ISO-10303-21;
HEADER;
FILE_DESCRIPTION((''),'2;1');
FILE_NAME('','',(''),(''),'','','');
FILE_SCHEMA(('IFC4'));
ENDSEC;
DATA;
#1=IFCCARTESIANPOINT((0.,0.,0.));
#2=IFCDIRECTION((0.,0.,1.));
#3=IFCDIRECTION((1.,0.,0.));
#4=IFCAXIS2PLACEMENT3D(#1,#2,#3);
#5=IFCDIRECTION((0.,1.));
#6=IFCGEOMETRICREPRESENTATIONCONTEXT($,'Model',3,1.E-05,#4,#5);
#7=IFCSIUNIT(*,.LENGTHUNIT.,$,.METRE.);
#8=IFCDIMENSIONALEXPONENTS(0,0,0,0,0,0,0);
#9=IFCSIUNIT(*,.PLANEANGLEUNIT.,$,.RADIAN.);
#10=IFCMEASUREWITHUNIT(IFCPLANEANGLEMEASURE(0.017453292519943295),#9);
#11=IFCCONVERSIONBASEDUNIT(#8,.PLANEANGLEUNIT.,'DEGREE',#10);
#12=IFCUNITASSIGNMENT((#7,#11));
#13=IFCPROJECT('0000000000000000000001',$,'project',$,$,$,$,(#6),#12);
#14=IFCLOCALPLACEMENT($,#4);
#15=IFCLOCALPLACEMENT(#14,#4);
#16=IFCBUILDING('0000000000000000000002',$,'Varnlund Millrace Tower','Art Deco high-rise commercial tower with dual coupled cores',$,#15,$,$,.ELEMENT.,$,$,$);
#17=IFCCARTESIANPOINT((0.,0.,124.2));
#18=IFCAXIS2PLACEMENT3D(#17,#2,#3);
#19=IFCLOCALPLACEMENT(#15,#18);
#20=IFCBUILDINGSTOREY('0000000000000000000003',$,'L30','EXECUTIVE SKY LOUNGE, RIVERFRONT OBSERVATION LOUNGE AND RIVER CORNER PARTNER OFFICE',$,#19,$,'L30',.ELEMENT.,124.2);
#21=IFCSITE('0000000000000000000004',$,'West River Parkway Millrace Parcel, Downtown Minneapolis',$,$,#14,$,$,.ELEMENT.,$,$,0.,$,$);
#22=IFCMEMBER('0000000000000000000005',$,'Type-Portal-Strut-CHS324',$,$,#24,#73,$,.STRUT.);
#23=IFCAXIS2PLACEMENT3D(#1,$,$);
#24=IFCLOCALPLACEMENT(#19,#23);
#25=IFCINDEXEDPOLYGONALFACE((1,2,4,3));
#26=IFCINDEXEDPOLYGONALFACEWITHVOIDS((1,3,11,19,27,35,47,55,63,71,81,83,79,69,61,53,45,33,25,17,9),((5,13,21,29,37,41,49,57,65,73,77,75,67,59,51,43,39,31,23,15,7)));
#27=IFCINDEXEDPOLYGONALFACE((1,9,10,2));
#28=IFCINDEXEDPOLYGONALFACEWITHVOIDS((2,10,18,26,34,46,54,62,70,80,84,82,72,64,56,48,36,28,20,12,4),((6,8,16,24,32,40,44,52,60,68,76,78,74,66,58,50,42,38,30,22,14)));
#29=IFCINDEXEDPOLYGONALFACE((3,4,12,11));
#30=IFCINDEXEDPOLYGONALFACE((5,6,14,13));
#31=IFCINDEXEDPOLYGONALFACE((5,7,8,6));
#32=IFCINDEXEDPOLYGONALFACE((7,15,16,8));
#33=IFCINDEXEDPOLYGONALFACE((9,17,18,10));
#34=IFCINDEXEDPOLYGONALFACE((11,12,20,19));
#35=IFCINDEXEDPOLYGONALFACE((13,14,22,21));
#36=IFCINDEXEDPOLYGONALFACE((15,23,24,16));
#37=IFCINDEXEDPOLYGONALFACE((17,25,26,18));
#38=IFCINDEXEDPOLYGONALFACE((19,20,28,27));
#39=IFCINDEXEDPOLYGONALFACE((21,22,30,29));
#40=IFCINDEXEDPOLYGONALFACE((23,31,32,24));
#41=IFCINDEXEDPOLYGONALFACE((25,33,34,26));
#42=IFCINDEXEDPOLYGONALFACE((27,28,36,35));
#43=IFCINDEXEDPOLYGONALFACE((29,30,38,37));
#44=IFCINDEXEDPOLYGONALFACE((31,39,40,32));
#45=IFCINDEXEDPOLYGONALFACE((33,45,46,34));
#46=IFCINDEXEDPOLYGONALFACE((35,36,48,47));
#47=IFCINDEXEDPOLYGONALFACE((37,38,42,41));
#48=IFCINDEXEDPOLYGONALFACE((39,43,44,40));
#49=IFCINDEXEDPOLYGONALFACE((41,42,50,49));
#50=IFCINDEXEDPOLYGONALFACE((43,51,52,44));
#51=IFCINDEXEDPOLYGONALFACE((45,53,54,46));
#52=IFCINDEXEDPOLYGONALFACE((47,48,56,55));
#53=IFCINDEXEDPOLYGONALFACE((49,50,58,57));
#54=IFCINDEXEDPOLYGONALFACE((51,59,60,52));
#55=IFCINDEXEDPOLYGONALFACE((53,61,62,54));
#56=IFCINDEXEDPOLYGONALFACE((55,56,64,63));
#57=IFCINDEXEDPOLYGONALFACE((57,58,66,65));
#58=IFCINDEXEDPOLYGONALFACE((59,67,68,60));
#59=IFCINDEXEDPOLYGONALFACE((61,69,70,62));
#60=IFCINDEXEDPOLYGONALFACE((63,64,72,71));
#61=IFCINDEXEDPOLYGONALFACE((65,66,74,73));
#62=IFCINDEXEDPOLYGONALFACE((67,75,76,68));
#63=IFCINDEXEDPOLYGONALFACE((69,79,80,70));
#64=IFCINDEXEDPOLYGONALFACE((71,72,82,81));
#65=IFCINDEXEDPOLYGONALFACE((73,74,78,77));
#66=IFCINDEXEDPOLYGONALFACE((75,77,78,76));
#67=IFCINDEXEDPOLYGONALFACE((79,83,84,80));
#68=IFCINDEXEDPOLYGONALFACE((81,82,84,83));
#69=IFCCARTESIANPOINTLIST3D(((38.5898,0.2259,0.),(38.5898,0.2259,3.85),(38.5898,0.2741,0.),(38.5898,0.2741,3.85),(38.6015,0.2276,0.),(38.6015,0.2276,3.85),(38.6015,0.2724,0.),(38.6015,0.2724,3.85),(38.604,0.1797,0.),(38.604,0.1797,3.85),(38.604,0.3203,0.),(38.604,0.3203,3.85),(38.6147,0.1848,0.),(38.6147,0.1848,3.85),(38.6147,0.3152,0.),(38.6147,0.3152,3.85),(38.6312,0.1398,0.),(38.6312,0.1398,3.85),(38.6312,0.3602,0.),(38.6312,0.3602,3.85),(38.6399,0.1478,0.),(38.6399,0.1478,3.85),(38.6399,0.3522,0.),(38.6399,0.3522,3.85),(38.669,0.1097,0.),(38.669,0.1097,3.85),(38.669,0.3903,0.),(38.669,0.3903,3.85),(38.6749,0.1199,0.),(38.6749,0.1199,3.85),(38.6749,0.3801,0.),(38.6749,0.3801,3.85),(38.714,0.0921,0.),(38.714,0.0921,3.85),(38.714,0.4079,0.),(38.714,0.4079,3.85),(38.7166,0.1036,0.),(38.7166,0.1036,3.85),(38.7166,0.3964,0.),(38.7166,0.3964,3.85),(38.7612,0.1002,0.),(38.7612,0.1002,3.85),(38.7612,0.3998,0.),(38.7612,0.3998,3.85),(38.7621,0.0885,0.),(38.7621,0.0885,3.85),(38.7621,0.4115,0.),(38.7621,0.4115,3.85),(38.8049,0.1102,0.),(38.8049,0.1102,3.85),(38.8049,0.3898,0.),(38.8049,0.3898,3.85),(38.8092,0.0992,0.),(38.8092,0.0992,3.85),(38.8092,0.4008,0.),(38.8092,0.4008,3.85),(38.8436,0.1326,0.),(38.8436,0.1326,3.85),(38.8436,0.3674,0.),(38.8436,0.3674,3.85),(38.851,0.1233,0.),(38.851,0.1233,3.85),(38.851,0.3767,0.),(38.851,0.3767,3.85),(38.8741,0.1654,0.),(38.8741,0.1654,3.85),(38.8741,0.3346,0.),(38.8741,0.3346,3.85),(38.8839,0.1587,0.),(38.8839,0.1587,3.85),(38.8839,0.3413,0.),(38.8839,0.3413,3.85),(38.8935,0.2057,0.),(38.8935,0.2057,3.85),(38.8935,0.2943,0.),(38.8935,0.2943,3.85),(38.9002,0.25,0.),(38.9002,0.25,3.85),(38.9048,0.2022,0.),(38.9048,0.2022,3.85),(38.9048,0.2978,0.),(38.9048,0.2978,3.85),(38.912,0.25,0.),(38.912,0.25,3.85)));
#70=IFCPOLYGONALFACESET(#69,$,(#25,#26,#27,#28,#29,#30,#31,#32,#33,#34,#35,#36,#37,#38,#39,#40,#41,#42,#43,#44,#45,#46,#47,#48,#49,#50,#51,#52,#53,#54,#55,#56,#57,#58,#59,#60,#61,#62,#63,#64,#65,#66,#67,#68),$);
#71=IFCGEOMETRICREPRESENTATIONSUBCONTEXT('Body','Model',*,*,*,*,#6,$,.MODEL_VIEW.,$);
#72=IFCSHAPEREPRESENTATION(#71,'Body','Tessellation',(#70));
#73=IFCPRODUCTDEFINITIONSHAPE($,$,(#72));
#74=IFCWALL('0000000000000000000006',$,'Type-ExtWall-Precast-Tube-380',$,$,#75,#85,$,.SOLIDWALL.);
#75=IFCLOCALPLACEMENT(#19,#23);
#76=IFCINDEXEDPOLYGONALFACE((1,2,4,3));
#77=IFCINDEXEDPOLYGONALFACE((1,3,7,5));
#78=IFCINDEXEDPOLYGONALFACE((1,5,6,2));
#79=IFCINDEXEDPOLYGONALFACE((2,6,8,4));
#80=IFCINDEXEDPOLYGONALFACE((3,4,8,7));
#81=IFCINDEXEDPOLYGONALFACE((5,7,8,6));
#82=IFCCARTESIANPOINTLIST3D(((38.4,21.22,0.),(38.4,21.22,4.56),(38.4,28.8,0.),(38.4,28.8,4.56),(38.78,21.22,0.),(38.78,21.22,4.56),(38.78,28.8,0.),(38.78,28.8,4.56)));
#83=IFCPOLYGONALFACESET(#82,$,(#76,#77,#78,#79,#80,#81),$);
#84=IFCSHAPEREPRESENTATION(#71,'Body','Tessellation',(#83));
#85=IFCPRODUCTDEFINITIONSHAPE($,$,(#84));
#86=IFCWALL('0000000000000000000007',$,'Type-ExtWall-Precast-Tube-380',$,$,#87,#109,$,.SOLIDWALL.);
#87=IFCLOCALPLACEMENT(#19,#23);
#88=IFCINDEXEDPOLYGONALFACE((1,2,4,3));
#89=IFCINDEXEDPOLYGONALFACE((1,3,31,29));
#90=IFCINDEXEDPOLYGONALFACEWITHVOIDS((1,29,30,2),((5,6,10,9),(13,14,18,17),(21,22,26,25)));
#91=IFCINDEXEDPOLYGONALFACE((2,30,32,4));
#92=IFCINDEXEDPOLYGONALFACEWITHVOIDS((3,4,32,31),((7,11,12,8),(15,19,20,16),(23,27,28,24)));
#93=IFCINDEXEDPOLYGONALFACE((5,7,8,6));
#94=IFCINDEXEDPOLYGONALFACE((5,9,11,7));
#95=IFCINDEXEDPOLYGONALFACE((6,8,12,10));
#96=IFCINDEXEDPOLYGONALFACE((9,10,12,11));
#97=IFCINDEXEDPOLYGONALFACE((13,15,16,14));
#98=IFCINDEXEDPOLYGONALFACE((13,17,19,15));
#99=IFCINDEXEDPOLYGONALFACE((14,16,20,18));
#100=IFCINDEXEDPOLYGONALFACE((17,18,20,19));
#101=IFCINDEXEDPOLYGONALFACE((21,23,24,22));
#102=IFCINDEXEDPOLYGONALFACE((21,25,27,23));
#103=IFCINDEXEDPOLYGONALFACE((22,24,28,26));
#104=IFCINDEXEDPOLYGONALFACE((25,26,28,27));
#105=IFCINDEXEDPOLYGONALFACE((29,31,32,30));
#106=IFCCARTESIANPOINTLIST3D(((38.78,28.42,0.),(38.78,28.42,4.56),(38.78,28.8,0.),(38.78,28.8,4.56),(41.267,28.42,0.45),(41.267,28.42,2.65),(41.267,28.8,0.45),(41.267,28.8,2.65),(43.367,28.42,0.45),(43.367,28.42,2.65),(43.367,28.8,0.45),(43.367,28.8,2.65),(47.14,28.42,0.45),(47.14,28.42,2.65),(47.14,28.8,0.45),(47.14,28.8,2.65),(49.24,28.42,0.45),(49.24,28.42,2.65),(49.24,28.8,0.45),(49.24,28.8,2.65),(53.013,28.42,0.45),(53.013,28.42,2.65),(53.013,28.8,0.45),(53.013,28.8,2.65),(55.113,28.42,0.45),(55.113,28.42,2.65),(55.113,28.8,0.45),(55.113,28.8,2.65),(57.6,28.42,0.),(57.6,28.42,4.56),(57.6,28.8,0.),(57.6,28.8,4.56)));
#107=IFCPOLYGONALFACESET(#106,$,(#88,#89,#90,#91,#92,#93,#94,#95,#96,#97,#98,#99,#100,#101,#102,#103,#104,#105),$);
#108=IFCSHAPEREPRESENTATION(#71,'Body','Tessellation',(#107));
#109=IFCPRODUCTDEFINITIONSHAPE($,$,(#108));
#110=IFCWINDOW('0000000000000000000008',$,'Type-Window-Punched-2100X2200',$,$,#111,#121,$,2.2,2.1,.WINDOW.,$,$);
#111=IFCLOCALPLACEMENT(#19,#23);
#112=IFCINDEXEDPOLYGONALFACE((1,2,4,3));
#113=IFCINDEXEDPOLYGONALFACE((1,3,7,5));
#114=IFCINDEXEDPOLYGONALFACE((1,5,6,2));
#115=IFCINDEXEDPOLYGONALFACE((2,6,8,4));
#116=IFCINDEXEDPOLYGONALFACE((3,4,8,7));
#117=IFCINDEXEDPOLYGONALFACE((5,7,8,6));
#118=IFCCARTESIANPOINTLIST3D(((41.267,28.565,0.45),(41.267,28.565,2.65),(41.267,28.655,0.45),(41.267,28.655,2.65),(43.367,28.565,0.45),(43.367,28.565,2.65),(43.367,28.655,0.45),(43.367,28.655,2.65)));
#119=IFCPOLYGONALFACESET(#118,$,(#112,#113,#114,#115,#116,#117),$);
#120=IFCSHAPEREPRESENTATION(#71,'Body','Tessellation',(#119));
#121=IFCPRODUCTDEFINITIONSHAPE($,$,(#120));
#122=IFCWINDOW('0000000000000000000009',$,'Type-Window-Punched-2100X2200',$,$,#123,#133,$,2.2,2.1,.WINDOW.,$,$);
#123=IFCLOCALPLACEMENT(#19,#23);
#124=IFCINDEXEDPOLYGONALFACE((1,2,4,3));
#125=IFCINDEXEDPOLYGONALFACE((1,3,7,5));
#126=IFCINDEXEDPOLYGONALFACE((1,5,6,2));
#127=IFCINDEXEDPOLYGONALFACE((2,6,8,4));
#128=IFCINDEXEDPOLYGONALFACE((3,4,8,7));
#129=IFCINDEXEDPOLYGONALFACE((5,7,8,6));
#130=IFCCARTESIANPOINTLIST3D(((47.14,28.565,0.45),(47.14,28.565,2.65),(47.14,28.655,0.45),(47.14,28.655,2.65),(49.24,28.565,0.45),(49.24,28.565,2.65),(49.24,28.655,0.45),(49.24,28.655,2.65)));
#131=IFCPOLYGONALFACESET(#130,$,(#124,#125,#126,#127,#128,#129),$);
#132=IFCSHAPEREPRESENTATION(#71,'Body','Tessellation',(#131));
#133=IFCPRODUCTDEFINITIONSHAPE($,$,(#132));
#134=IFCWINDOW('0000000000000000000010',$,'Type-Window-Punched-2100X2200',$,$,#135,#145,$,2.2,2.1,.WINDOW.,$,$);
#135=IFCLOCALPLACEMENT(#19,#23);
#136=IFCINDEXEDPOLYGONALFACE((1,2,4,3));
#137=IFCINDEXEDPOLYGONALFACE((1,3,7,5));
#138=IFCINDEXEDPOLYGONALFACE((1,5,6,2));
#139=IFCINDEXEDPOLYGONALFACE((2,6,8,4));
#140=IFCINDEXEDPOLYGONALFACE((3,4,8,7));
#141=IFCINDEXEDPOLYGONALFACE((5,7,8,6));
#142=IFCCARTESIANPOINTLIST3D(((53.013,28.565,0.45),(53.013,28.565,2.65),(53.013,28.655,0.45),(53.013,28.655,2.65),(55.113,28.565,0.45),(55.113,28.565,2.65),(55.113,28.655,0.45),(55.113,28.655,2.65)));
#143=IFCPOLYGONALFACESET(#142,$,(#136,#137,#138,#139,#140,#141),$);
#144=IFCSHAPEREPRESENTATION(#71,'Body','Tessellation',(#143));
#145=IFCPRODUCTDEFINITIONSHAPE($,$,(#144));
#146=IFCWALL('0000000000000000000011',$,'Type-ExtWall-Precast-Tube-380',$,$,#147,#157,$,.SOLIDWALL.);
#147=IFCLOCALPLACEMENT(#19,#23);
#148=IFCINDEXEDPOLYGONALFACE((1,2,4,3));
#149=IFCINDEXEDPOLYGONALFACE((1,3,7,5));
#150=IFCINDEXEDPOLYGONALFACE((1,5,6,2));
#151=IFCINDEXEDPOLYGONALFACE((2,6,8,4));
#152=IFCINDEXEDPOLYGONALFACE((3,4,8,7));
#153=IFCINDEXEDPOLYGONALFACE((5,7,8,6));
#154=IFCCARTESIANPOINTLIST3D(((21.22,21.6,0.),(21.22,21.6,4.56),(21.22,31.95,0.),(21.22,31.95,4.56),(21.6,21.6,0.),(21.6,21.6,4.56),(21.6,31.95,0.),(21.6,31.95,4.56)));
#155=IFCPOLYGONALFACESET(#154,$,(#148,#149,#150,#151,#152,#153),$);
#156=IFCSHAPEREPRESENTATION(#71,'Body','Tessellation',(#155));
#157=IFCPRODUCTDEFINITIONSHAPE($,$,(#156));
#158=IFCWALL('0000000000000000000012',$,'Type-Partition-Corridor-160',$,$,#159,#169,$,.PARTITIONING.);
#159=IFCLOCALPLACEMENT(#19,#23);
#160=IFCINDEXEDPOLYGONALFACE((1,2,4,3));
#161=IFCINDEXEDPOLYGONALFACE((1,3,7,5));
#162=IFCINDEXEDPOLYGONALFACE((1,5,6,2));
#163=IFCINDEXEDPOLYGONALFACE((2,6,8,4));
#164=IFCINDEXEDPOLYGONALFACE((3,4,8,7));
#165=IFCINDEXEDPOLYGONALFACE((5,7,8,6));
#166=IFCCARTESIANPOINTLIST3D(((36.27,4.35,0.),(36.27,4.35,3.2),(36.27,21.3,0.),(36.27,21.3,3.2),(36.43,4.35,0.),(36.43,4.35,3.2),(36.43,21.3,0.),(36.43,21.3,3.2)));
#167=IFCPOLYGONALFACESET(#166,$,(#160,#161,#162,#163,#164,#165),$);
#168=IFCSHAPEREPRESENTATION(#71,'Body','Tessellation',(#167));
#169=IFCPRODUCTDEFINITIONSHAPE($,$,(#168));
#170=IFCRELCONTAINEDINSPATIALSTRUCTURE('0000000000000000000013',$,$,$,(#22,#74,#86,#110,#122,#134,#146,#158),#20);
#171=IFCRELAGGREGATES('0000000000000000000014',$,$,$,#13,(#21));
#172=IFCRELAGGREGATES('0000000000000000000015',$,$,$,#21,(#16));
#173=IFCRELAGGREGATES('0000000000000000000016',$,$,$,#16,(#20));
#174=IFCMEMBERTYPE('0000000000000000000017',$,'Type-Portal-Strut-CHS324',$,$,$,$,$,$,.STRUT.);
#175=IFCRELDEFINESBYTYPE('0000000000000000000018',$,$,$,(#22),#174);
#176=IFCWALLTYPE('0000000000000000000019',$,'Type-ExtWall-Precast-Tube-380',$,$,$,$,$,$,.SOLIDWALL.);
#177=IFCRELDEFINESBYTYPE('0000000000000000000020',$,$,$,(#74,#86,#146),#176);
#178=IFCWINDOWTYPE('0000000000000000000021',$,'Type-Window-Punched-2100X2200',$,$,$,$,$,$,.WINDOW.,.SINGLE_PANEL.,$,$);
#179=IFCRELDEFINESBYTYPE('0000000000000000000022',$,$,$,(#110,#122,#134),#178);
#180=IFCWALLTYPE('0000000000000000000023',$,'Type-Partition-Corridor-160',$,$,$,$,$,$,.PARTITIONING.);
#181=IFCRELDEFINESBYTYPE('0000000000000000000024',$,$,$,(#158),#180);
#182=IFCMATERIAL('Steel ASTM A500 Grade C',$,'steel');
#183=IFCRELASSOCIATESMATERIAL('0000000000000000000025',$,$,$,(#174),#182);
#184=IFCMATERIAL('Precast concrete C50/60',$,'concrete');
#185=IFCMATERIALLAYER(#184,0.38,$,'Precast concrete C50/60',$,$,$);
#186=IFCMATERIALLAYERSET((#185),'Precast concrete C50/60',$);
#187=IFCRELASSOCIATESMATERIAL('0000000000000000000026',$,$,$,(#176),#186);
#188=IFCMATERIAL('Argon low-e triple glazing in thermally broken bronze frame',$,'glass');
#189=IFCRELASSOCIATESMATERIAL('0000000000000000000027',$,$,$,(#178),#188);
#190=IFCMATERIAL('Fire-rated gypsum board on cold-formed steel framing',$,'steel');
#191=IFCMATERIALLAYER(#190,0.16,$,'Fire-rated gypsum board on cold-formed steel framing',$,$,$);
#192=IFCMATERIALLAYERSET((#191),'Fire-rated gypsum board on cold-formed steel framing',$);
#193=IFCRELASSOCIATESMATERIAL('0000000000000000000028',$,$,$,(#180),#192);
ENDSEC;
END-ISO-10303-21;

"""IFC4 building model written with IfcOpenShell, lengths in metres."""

from ifc_helpers import new_model, entity, si_unit, converted_unit, direction, frame, origin_with_axes, origin_2d_with_axis, place, context, subcontext, project, spatial, polyline, rectangle, hollow_circle, outline, extrude, material, layer, layer_set, material_profile, profile_set, type_object, element, fill, save


model = new_model("IFC4")

# Units and contexts
model_context = context("Model", 3, precision=1e-05, world=origin_with_axes(), true_north=direction((0.0, 1.0)))
body_context = subcontext(model_context, "Body", "Model", "MODEL_VIEW")
ifc_project = project(units=[si_unit("LENGTHUNIT", "METRE"), converted_unit("PLANEANGLEUNIT", "DEGREE", entity("IfcPlaneAngleMeasure", 0.017453292519943295), si_unit("PLANEANGLEUNIT", "RADIAN"), dimensions=[0, 0, 0, 0, 0, 0, 0])], contexts=[model_context])

# Site, building, storey
site_placement = place(None, origin_with_axes())
site = spatial("IfcSite", under=ifc_project, at=site_placement, Name="West River Parkway Millrace Parcel, Downtown Minneapolis", CompositionType="ELEMENT", RefElevation=0.0)
building_placement = place(site_placement, origin_with_axes())
building = spatial("IfcBuilding", under=site, at=building_placement, Name="Varnlund Millrace Tower", Description="Art Deco high-rise commercial tower with dual coupled cores", CompositionType="ELEMENT")
storey_placement = place(building_placement, frame((0.0, 0.0, 124.2), z_axis=(0.0, 0.0, 1.0), x_axis=(1.0, 0.0, 0.0)))
storey = spatial("IfcBuildingStorey", under=building, at=storey_placement, Name="L30", Description="EXECUTIVE SKY LOUNGE, RIVERFRONT OBSERVATION LOUNGE AND RIVER CORNER PARTNER OFFICE", LongName="L30", CompositionType="ELEMENT", Elevation=124.2)

# Member
ifc_material_1 = material(Name="Steel ASTM A500 Grade C", Category="steel")
ifc_material_profile_1 = material_profile(ifc_material_1, hollow_circle(Radius=0.162, WallThickness=0.0118, at=origin_2d_with_axis()), Name="Steel ASTM A500 Grade C")
ifc_profile_set_1 = profile_set([ifc_material_profile_1], Name="Steel ASTM A500 Grade C")
member_type_1 = type_object("IfcMemberType", Name="Type-Portal-Strut-CHS324", PredefinedType="STRUT", material=ifc_profile_set_1)
for number, where, z_axis, x_axis, name in (
    (1, (38.75, 0.25, 0.0), (0.0, 0.0, 1.0), (1.0, 0.0, 0.0), "Type-Portal-Strut-CHS324"),
):
    element("IfcMember", number, at=place(storey_placement, frame(where, z_axis=z_axis, x_axis=x_axis)), inside=storey, type_object=member_type_1, Name=name, PredefinedType="STRUT", context=body_context, shape_type="SweptSolid", body=[
        extrude(hollow_circle(Radius=0.162, WallThickness=0.0118, at=origin_2d_with_axis()), origin_with_axes(), (0.0, 0.0, 1.0), 3.85),
    ])

# Wall
ifc_material_2 = material(Name="Precast concrete C50/60", Category="concrete")
ifc_layer_1 = layer(ifc_material_2, 0.38, Name="Precast concrete C50/60")
ifc_layer_set_1 = layer_set([ifc_layer_1], Name="Precast concrete C50/60")
wall_type_1 = type_object("IfcWallType", Name="Type-ExtWall-Precast-Tube-380", PredefinedType="SOLIDWALL", material=ifc_layer_set_1)
wall_1_placement = place(storey_placement, frame((38.59, 21.22, 0.0), z_axis=(0.0, 0.0, 1.0), x_axis=(0.0, 1.0, 0.0)))
element("IfcWall", 2, at=wall_1_placement, inside=storey, type_object=wall_type_1, Name="Type-ExtWall-Precast-Tube-380", PredefinedType="SOLIDWALL", context=body_context, shape_type="SweptSolid", body=[
    extrude(outline(polyline([(0.0, -0.19), (7.58, -0.19), (7.58, 0.19), (0.0, 0.19), (0.0, -0.19)])), origin_with_axes(), (0.0, 0.0, 1.0), 4.56),
])

# Wall, openings, windows
wall_2_placement = place(storey_placement, frame((38.78, 28.61, 0.0), z_axis=(0.0, 0.0, 1.0), x_axis=(1.0, 0.0, 0.0)))
wall_2 = element("IfcWall", 3, at=wall_2_placement, inside=storey, type_object=wall_type_1, Name="Type-ExtWall-Precast-Tube-380", PredefinedType="SOLIDWALL", context=body_context, shape_type="SweptSolid", body=[
    extrude(outline(polyline([(0.0, -0.19), (18.82, -0.19), (18.82, 0.19), (0.0, 0.19), (0.0, -0.19)])), origin_with_axes(), (0.0, 0.0, 1.0), 4.56),
])
opening_1_placement = place(wall_2_placement, frame((3.537, 0.0, 0.45), z_axis=(0.0, 0.0, 1.0), x_axis=(1.0, 0.0, 0.0)))
opening_1 = element("IfcOpeningElement", 4, at=opening_1_placement, cuts=wall_2, PredefinedType="OPENING", context=body_context, shape_type="SweptSolid", body=[
    extrude(rectangle(XDim=2.1, YDim=0.4, at=origin_2d_with_axis()), origin_with_axes(), (0.0, 0.0, 1.0), 2.2),
])
opening_2_placement = place(wall_2_placement, frame((9.41, 0.0, 0.45), z_axis=(0.0, 0.0, 1.0), x_axis=(1.0, 0.0, 0.0)))
opening_2 = element("IfcOpeningElement", 5, at=opening_2_placement, cuts=wall_2, PredefinedType="OPENING", context=body_context, shape_type="SweptSolid", body=[
    extrude(rectangle(XDim=2.1, YDim=0.4, at=origin_2d_with_axis()), origin_with_axes(), (0.0, 0.0, 1.0), 2.2),
])
opening_3_placement = place(wall_2_placement, frame((15.283, 0.0, 0.45), z_axis=(0.0, 0.0, 1.0), x_axis=(1.0, 0.0, 0.0)))
opening_3 = element("IfcOpeningElement", 6, at=opening_3_placement, cuts=wall_2, PredefinedType="OPENING", context=body_context, shape_type="SweptSolid", body=[
    extrude(rectangle(XDim=2.1, YDim=0.4, at=origin_2d_with_axis()), origin_with_axes(), (0.0, 0.0, 1.0), 2.2),
])
ifc_material_3 = material(Name="Argon low-e triple glazing in thermally broken bronze frame", Category="glass")
window_type = type_object("IfcWindowType", Name="Type-Window-Punched-2100X2200", PartitioningType="SINGLE_PANEL", PredefinedType="WINDOW", material=ifc_material_3)
window_1_placement = place(wall_2_placement, frame((3.537, 0.0, 0.45), z_axis=(0.0, 0.0, 1.0), x_axis=(1.0, 0.0, 0.0)))
window_1 = element("IfcWindow", 7, at=window_1_placement, inside=storey, type_object=window_type, Name="Type-Window-Punched-2100X2200", OverallHeight=2.2, OverallWidth=2.1, PredefinedType="WINDOW", context=body_context, shape_type="SweptSolid", body=[
    extrude(rectangle(XDim=2.1, YDim=0.09, at=origin_2d_with_axis()), origin_with_axes(), (0.0, 0.0, 1.0), 2.2),
])
fill(opening_1, window_1)
window_2_placement = place(wall_2_placement, frame((9.41, 0.0, 0.45), z_axis=(0.0, 0.0, 1.0), x_axis=(1.0, 0.0, 0.0)))
window_2 = element("IfcWindow", 8, at=window_2_placement, inside=storey, type_object=window_type, Name="Type-Window-Punched-2100X2200", OverallHeight=2.2, OverallWidth=2.1, PredefinedType="WINDOW", context=body_context, shape_type="SweptSolid", body=[
    extrude(rectangle(XDim=2.1, YDim=0.09, at=origin_2d_with_axis()), origin_with_axes(), (0.0, 0.0, 1.0), 2.2),
])
fill(opening_2, window_2)
window_3_placement = place(wall_2_placement, frame((15.283, 0.0, 0.45), z_axis=(0.0, 0.0, 1.0), x_axis=(1.0, 0.0, 0.0)))
window_3 = element("IfcWindow", 9, at=window_3_placement, inside=storey, type_object=window_type, Name="Type-Window-Punched-2100X2200", OverallHeight=2.2, OverallWidth=2.1, PredefinedType="WINDOW", context=body_context, shape_type="SweptSolid", body=[
    extrude(rectangle(XDim=2.1, YDim=0.09, at=origin_2d_with_axis()), origin_with_axes(), (0.0, 0.0, 1.0), 2.2),
])
fill(opening_3, window_3)

# Walls
wall_3_placement = place(storey_placement, frame((21.41, 31.95, 0.0), z_axis=(0.0, 0.0, 1.0), x_axis=(0.0, -1.0, 0.0)))
element("IfcWall", 10, at=wall_3_placement, inside=storey, type_object=wall_type_1, Name="Type-ExtWall-Precast-Tube-380", PredefinedType="SOLIDWALL", context=body_context, shape_type="SweptSolid", body=[
    extrude(outline(polyline([(0.0, -0.19), (10.35, -0.19), (10.35, 0.19), (0.0, 0.19), (0.0, -0.19)])), origin_with_axes(), (0.0, 0.0, 1.0), 4.56),
])
ifc_material_4 = material(Name="Fire-rated gypsum board on cold-formed steel framing", Category="steel")
ifc_layer_2 = layer(ifc_material_4, 0.16, Name="Fire-rated gypsum board on cold-formed steel framing")
ifc_layer_set_2 = layer_set([ifc_layer_2], Name="Fire-rated gypsum board on cold-formed steel framing")
wall_type_2 = type_object("IfcWallType", Name="Type-Partition-Corridor-160", PredefinedType="PARTITIONING", material=ifc_layer_set_2)
wall_4_placement = place(storey_placement, frame((36.35, 4.35, 0.0), z_axis=(0.0, 0.0, 1.0), x_axis=(0.0, 1.0, 0.0)))
element("IfcWall", 11, at=wall_4_placement, inside=storey, type_object=wall_type_2, Name="Type-Partition-Corridor-160", PredefinedType="PARTITIONING", context=body_context, shape_type="SweptSolid", body=[
    extrude(outline(polyline([(0.0, -0.08), (16.95, -0.08), (16.95, 0.08), (0.0, 0.08), (0.0, -0.08)])), origin_with_axes(), (0.0, 0.0, 1.0), 3.2),
])

save(model, "model.ifc")
